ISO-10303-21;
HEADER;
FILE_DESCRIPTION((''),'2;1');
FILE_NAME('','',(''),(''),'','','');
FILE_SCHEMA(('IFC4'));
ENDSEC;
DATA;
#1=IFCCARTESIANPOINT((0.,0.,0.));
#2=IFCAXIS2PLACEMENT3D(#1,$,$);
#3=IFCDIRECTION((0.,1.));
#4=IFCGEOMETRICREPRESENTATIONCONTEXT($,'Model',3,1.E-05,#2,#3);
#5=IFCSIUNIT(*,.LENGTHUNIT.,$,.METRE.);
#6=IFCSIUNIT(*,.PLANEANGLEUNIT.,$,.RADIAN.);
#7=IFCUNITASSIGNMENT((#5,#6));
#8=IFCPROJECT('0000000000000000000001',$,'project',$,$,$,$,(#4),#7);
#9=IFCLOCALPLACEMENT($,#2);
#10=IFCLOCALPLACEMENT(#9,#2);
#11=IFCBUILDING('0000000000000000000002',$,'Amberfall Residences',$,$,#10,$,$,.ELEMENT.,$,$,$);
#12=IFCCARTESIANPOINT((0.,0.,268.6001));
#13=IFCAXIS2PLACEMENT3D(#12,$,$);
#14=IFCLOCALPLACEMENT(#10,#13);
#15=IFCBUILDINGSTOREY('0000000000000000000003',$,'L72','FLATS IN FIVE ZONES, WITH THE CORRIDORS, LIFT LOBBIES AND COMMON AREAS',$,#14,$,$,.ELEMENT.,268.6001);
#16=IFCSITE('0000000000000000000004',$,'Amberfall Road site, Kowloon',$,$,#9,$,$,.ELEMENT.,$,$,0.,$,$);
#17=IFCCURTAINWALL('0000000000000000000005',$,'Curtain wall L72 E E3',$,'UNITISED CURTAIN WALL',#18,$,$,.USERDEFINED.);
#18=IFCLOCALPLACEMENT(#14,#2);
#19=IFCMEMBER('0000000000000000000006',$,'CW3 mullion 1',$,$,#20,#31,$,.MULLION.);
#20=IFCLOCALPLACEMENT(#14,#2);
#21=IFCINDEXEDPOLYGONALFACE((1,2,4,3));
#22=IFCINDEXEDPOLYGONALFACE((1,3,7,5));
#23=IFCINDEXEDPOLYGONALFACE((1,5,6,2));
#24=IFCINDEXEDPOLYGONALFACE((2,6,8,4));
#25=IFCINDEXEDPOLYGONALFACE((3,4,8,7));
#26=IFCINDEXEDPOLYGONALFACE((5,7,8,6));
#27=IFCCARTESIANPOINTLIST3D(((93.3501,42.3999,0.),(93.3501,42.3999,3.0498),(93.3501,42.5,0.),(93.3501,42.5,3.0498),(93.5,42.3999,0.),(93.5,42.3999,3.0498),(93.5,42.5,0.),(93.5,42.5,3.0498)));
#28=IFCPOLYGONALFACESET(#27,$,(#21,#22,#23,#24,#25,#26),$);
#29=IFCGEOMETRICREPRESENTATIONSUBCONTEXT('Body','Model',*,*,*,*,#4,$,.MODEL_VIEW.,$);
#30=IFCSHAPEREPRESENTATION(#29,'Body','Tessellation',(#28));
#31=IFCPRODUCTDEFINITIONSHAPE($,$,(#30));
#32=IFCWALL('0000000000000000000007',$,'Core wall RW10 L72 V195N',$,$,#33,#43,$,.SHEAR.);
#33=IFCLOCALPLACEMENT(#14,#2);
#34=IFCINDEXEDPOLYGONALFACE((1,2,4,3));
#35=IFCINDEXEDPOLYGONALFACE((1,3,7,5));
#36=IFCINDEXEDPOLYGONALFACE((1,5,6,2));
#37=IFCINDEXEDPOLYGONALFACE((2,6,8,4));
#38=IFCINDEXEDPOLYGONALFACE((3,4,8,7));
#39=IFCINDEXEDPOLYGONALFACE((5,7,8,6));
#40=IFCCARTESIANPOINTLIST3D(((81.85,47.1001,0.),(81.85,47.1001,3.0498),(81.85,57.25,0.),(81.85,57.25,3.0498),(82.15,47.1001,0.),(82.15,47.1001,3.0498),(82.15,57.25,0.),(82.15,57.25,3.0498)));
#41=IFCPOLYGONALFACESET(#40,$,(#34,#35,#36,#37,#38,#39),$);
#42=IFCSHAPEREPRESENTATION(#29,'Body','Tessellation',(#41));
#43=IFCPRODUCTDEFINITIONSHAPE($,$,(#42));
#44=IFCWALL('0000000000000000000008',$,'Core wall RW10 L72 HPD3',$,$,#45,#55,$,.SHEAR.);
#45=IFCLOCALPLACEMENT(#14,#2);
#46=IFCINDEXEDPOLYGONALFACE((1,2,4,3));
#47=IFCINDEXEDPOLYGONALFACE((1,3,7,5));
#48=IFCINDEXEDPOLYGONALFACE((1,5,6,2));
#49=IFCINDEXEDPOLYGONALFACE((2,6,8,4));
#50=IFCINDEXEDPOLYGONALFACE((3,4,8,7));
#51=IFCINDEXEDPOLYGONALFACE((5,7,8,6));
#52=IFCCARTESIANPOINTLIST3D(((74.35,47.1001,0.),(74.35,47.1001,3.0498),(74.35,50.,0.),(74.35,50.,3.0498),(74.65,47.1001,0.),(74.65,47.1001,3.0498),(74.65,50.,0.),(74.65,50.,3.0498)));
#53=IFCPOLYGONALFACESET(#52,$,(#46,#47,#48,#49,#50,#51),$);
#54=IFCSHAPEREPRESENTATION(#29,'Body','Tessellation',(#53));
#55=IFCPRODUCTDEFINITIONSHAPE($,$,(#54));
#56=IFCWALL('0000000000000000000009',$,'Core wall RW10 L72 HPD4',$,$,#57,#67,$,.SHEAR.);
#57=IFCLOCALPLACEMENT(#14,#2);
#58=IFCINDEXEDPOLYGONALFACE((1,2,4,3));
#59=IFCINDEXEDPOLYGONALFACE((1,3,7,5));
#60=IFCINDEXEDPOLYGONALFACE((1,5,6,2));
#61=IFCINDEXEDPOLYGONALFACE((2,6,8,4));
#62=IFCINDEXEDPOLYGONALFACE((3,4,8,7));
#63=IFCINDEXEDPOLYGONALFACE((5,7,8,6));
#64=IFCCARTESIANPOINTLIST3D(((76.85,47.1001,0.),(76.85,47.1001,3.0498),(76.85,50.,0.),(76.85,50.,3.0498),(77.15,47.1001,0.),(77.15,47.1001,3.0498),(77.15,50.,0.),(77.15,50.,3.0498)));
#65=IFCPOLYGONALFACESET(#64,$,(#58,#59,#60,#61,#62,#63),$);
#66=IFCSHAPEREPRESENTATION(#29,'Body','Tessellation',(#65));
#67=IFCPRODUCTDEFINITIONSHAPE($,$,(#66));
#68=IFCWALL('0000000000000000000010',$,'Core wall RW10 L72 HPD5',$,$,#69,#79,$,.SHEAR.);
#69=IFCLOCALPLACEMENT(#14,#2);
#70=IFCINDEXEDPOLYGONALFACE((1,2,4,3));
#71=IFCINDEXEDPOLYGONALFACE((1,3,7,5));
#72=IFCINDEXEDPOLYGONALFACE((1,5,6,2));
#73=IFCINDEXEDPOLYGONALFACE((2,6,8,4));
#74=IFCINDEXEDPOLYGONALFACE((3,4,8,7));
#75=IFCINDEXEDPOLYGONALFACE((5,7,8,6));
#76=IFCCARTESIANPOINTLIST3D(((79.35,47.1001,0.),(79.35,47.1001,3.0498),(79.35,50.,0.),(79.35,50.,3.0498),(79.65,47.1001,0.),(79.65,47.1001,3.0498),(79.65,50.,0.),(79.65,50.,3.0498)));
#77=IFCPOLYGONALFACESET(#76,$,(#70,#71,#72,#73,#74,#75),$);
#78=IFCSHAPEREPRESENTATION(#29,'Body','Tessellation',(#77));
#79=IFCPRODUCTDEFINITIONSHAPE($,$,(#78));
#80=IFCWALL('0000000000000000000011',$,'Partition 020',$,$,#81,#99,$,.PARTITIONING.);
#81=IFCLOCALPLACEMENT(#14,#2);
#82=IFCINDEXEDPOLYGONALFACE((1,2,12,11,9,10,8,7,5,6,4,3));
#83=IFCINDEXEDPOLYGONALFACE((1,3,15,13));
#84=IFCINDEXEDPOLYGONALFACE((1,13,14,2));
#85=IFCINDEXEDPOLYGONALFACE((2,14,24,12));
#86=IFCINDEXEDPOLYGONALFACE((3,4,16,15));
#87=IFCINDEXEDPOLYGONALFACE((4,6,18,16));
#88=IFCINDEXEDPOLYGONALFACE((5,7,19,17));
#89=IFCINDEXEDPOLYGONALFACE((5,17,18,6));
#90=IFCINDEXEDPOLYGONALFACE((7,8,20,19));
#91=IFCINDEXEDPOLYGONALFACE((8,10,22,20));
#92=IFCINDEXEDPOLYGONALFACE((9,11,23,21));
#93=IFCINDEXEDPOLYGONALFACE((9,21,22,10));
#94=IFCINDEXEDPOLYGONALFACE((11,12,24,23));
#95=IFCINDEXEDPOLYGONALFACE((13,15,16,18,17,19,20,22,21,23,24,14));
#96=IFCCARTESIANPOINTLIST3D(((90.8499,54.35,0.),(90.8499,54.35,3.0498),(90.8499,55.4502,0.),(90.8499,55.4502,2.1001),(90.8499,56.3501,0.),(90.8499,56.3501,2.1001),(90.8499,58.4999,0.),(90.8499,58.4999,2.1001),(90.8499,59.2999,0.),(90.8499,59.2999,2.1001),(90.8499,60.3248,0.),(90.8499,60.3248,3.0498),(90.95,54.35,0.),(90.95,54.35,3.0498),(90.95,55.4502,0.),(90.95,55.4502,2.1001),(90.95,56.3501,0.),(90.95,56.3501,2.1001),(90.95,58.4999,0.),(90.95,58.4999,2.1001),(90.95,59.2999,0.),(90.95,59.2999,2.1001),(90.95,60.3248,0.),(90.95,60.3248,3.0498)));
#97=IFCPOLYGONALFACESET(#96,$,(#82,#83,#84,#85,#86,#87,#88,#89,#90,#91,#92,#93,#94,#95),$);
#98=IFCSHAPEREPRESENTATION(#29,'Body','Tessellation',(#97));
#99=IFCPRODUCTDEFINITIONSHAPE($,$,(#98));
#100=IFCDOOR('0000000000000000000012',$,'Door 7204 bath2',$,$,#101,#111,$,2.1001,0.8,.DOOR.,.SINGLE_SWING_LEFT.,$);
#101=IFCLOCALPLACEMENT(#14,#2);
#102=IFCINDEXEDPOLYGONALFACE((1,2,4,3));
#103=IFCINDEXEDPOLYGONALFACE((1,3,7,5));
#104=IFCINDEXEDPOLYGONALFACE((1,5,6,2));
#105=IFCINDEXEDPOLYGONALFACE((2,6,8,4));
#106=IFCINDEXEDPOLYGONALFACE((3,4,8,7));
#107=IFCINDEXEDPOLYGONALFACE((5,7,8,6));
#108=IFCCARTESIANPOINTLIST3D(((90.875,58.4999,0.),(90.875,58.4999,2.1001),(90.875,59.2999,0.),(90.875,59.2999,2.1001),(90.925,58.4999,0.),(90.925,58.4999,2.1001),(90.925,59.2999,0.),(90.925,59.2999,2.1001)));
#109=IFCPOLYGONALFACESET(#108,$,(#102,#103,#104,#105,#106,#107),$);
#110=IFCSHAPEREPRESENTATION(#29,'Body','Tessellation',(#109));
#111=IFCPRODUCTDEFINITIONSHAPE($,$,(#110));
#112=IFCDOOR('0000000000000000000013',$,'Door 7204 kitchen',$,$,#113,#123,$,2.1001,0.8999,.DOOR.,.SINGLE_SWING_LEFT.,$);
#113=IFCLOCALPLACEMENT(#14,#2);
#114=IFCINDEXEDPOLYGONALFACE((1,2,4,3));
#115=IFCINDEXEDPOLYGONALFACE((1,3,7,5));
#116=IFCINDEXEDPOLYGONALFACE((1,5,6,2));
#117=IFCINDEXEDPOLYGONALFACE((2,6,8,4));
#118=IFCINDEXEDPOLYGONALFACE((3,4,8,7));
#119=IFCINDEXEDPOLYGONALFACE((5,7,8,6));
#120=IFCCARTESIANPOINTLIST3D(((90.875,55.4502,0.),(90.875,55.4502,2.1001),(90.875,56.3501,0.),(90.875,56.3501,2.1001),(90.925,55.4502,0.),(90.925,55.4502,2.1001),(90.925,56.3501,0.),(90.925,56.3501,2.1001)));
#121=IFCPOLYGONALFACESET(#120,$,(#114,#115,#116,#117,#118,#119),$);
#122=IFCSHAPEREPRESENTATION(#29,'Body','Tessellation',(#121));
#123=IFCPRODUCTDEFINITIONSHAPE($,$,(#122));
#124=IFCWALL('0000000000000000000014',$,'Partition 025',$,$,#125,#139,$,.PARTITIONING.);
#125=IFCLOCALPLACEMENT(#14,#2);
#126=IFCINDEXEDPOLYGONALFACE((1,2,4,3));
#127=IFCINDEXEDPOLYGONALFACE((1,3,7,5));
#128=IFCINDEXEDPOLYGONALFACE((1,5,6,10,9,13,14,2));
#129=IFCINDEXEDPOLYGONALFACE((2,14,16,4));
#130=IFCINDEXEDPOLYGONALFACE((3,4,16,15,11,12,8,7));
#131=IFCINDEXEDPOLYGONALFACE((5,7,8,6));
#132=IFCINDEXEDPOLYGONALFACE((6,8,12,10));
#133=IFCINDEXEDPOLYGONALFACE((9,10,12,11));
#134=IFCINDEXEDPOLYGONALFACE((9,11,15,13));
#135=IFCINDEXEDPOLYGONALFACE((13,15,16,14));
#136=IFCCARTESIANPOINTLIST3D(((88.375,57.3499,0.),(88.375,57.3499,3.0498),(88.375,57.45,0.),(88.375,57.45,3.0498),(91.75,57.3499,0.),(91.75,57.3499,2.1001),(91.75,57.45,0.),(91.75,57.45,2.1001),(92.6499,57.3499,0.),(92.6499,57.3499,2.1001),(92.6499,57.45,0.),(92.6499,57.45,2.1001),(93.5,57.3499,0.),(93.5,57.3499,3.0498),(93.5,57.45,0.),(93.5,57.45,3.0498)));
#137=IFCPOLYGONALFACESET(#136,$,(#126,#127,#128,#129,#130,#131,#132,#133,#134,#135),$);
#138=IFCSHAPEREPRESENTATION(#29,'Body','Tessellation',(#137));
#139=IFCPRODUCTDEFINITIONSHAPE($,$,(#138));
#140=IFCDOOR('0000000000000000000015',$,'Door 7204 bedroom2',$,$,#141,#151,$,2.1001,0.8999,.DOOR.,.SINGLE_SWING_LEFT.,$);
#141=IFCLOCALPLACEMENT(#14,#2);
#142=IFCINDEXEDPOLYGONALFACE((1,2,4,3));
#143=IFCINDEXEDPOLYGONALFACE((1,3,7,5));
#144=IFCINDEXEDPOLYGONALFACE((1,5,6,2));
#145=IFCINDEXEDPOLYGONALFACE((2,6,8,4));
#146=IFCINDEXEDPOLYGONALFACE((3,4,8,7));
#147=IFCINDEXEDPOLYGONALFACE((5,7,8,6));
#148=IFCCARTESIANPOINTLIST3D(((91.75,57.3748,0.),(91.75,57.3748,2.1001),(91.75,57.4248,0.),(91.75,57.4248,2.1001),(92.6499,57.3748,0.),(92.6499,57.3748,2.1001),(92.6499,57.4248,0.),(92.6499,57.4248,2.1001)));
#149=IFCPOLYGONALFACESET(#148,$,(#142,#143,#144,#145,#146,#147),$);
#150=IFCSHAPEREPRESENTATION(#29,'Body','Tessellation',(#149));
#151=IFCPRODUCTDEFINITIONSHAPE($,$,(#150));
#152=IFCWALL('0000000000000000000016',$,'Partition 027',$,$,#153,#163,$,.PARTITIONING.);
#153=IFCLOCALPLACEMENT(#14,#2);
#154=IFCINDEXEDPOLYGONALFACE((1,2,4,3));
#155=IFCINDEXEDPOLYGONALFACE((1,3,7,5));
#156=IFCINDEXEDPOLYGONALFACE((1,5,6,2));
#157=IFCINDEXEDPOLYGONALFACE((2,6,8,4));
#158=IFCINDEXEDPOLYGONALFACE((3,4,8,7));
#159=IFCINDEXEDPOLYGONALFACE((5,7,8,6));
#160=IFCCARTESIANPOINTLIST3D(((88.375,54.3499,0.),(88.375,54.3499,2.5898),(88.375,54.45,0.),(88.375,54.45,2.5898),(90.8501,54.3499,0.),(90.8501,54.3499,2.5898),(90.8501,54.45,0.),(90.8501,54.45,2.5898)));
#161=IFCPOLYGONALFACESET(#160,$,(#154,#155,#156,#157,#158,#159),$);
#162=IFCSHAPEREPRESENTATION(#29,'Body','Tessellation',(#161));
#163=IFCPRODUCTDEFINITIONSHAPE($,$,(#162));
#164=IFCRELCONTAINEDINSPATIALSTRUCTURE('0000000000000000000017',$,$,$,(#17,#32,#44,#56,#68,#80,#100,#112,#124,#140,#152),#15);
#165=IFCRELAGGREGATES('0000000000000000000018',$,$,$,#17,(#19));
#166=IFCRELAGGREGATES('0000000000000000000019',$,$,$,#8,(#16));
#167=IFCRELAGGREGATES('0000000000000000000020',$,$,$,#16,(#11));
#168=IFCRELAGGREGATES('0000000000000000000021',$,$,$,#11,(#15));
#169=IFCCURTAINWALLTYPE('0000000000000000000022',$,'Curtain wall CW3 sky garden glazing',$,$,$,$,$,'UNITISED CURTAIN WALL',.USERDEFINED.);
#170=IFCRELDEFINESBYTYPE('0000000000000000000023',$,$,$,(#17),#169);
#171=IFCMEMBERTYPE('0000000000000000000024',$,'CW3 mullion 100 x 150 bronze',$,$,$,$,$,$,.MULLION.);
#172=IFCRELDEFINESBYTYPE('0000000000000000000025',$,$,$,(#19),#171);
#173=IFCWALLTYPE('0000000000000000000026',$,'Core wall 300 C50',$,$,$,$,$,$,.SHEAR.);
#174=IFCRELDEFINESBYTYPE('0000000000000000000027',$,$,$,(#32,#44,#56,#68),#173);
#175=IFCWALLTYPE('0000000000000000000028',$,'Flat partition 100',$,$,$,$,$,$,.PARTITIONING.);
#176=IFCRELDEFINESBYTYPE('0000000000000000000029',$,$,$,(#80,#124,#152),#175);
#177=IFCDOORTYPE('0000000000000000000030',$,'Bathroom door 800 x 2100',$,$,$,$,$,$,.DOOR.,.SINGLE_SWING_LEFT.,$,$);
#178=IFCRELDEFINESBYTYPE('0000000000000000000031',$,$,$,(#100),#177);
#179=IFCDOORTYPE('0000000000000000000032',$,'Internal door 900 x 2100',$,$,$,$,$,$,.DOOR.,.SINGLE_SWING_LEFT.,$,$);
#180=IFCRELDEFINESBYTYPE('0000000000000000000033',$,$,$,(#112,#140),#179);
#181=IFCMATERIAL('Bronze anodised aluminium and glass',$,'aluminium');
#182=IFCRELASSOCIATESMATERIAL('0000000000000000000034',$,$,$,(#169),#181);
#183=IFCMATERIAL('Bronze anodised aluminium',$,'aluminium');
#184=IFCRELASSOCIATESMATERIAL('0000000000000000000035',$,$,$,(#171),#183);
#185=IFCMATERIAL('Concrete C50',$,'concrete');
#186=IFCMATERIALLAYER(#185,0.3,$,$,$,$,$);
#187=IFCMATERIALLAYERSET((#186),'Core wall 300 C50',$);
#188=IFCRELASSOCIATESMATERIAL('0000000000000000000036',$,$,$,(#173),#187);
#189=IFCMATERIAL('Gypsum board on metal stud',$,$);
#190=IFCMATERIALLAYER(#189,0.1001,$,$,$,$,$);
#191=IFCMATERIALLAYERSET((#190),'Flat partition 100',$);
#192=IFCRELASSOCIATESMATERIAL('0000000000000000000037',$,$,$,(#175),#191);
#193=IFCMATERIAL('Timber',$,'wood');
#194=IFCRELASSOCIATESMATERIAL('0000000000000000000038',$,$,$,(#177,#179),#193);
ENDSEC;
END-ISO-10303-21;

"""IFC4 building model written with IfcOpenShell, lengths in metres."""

from ifc_helpers import new_model, si_unit, direction, frame, frame_2d, origin, origin_2d, place, context, subcontext, project, spatial, rectangle, extrude, material, layer, layer_set, material_profile, profile_set, type_object, element, fill, aggregate, save


model = new_model("IFC4")

# Units and contexts
model_context = context("Model", 3, precision=1e-05, world=origin(), true_north=direction((0.0, 1.0)))
body_context = subcontext(model_context, "Body", "Model", "MODEL_VIEW")
ifc_project = project(units=[si_unit("LENGTHUNIT", "METRE"), si_unit("PLANEANGLEUNIT", "RADIAN")], contexts=[model_context])

# Site, building, storey
site_placement = place(None, origin())
site = spatial("IfcSite", under=ifc_project, at=site_placement, Name="Amberfall Road site, Kowloon", CompositionType="ELEMENT", RefElevation=0.0)
building_placement = place(site_placement, origin())
building = spatial("IfcBuilding", under=site, at=building_placement, Name="Amberfall Residences", CompositionType="ELEMENT")
storey_placement = place(building_placement, frame((0.0, 0.0, 268.6001)))
storey = spatial("IfcBuildingStorey", under=building, at=storey_placement, Name="L72", Description="FLATS IN FIVE ZONES, WITH THE CORRIDORS, LIFT LOBBIES AND COMMON AREAS", CompositionType="ELEMENT", Elevation=268.6001)

# Curtain wall, member
ifc_material_1 = material(Name="Bronze anodised aluminium and glass", Category="aluminium")
curtain_wall_type = type_object("IfcCurtainWallType", Name="Curtain wall CW3 sky garden glazing", ElementType="UNITISED CURTAIN WALL", PredefinedType="USERDEFINED", material=ifc_material_1)
curtain_wall_placement = place(storey_placement, origin())
curtain_wall = element("IfcCurtainWall", 1, at=curtain_wall_placement, inside=storey, type_object=curtain_wall_type, Name="Curtain wall L72 E E3", ObjectType="UNITISED CURTAIN WALL", PredefinedType="USERDEFINED")
ifc_material_2 = material(Name="Bronze anodised aluminium", Category="aluminium")
ifc_material_profile = material_profile(ifc_material_2, rectangle(XDim=0.1499, YDim=0.1001, at=origin_2d()), Name="CW3 mullion 100 x 150 bronze")
ifc_profile_set = profile_set([ifc_material_profile], Name="Bronze anodised aluminium")
member_type = type_object("IfcMemberType", Name="CW3 mullion 100 x 150 bronze", PredefinedType="MULLION", material=ifc_profile_set)
member_placement = place(storey_placement, frame((93.425, 42.45, 0.0), z_axis=(0.0, 0.0, 1.0), x_axis=(-1.0, 0.0, 0.0)))
member = element("IfcMember", 2, at=member_placement, type_object=member_type, Name="CW3 mullion 1", PredefinedType="MULLION", context=body_context, shape_type="SweptSolid", body=[
    extrude(rectangle(XDim=0.1499, YDim=0.1001, at=origin_2d()), origin(), (0.0, 0.0, 1.0), 3.0498),
])
aggregate(curtain_wall, [member])

# Walls
ifc_material_3 = material(Name="Concrete C50", Category="concrete")
ifc_layer_1 = layer(ifc_material_3, 0.3)
ifc_layer_set_1 = layer_set([ifc_layer_1], Name="Core wall 300 C50")
wall_type_1 = type_object("IfcWallType", Name="Core wall 300 C50", PredefinedType="SHEAR", material=ifc_layer_set_1)
wall_1_placement = place(storey_placement, frame((82.0, 47.1001, 0.0), z_axis=(0.0, 0.0, 1.0), x_axis=(0.0, 1.0, 0.0)))
element("IfcWall", 3, at=wall_1_placement, inside=storey, type_object=wall_type_1, Name="Core wall RW10 L72 V195N", PredefinedType="SHEAR", context=body_context, shape_type="SweptSolid", body=[
    extrude(rectangle(XDim=10.1499, YDim=0.3, at=frame_2d((5.075, 0.0))), origin(), (0.0, 0.0, 1.0), 3.0498),
])
for number, where, z_axis, x_axis, name in (
    (4, (74.5, 47.1001, 0.0), (0.0, 0.0, 1.0), (0.0, 1.0, 0.0), "Core wall RW10 L72 HPD3"),
    (5, (77.0, 47.1001, 0.0), (0.0, 0.0, 1.0), (0.0, 1.0, 0.0), "Core wall RW10 L72 HPD4"),
    (6, (79.5, 47.1001, 0.0), (0.0, 0.0, 1.0), (0.0, 1.0, 0.0), "Core wall RW10 L72 HPD5"),
):
    element("IfcWall", number, at=place(storey_placement, frame(where, z_axis=z_axis, x_axis=x_axis)), inside=storey, type_object=wall_type_1, Name=name, PredefinedType="SHEAR", context=body_context, shape_type="SweptSolid", body=[
        extrude(rectangle(XDim=2.8999, YDim=0.3, at=frame_2d((1.45, 0.0))), origin(), (0.0, 0.0, 1.0), 3.0498),
    ])

# Wall, openings, doors
ifc_material_4 = material(Name="Gypsum board on metal stud")
ifc_layer_2 = layer(ifc_material_4, 0.1001)
ifc_layer_set_2 = layer_set([ifc_layer_2], Name="Flat partition 100")
wall_type_2 = type_object("IfcWallType", Name="Flat partition 100", PredefinedType="PARTITIONING", material=ifc_layer_set_2)
wall_2_placement = place(storey_placement, frame((90.8999, 54.3501, 0.0), z_axis=(0.0, 0.0, 1.0), x_axis=(0.0, 1.0, 0.0)))
wall_2 = element("IfcWall", 7, at=wall_2_placement, inside=storey, type_object=wall_type_2, Name="Partition 020", PredefinedType="PARTITIONING", context=body_context, shape_type="SweptSolid", body=[
    extrude(rectangle(XDim=5.9749, YDim=0.1001, at=frame_2d((2.9873, 0.0))), origin(), (0.0, 0.0, 1.0), 3.0498),
])
opening_1_placement = place(wall_2_placement, frame((1.1001, 0.0, 0.0)))
opening_1 = element("IfcOpeningElement", 8, at=opening_1_placement, cuts=wall_2, PredefinedType="OPENING", context=body_context, shape_type="SweptSolid", body=[
    extrude(rectangle(XDim=0.8999, YDim=2.1001, at=frame_2d((0.45, 1.05))), frame((0.0, 0.0601, 0.0), z_axis=(0.0, -1.0, 0.0), x_axis=(1.0, 0.0, 0.0)), (0.0, 0.0, 1.0), 0.1201),
])
opening_2_placement = place(wall_2_placement, frame((4.1499, 0.0, 0.0)))
opening_2 = element("IfcOpeningElement", 9, at=opening_2_placement, cuts=wall_2, PredefinedType="OPENING", context=body_context, shape_type="SweptSolid", body=[
    extrude(rectangle(XDim=0.8, YDim=2.1001, at=frame_2d((0.3999, 1.05))), frame((0.0, 0.0601, 0.0), z_axis=(0.0, -1.0, 0.0), x_axis=(1.0, 0.0, 0.0)), (0.0, 0.0, 1.0), 0.1201),
])
ifc_material_5 = material(Name="Timber", Category="wood")
door_type_1 = type_object("IfcDoorType", Name="Bathroom door 800 x 2100", OperationType="SINGLE_SWING_LEFT", PredefinedType="DOOR", material=ifc_material_5)
door_1_placement = place(opening_2_placement, origin())
door_1 = element("IfcDoor", 10, at=door_1_placement, inside=storey, type_object=door_type_1, Name="Door 7204 bath2", OperationType="SINGLE_SWING_LEFT", OverallHeight=2.1001, OverallWidth=0.8, PredefinedType="DOOR", context=body_context, shape_type="SweptSolid", body=[
    extrude(rectangle(XDim=0.8, YDim=2.1001, at=frame_2d((0.3999, 1.05))), frame((0.0, 0.0249, 0.0), z_axis=(0.0, -1.0, 0.0), x_axis=(1.0, 0.0, 0.0)), (0.0, 0.0, 1.0), 0.05),
])
fill(opening_2, door_1)
door_type_2 = type_object("IfcDoorType", Name="Internal door 900 x 2100", OperationType="SINGLE_SWING_LEFT", PredefinedType="DOOR", material=ifc_material_5)
door_2_placement = place(opening_1_placement, origin())
door_2 = element("IfcDoor", 11, at=door_2_placement, inside=storey, type_object=door_type_2, Name="Door 7204 kitchen", OperationType="SINGLE_SWING_LEFT", OverallHeight=2.1001, OverallWidth=0.8999, PredefinedType="DOOR", context=body_context, shape_type="SweptSolid", body=[
    extrude(rectangle(XDim=0.8999, YDim=2.1001, at=frame_2d((0.45, 1.05))), frame((0.0, 0.0249, 0.0), z_axis=(0.0, -1.0, 0.0), x_axis=(1.0, 0.0, 0.0)), (0.0, 0.0, 1.0), 0.05),
])
fill(opening_1, door_2)

# Wall, opening, door
wall_3_placement = place(storey_placement, frame((88.375, 57.3999, 0.0), z_axis=(0.0, 0.0, 1.0), x_axis=(1.0, 0.0, 0.0)))
wall_3 = element("IfcWall", 12, at=wall_3_placement, inside=storey, type_object=wall_type_2, Name="Partition 025", PredefinedType="PARTITIONING", context=body_context, shape_type="SweptSolid", body=[
    extrude(rectangle(XDim=5.125, YDim=0.1001, at=frame_2d((2.5625, 0.0))), origin(), (0.0, 0.0, 1.0), 3.0498),
])
opening_3_placement = place(wall_3_placement, frame((3.375, 0.0, 0.0)))
opening_3 = element("IfcOpeningElement", 13, at=opening_3_placement, cuts=wall_3, PredefinedType="OPENING", context=body_context, shape_type="SweptSolid", body=[
    extrude(rectangle(XDim=0.8999, YDim=2.1001, at=frame_2d((0.45, 1.05))), frame((0.0, 0.0601, 0.0), z_axis=(0.0, -1.0, 0.0), x_axis=(1.0, 0.0, 0.0)), (0.0, 0.0, 1.0), 0.1201),
])
door_3_placement = place(opening_3_placement, origin())
door_3 = element("IfcDoor", 14, at=door_3_placement, inside=storey, type_object=door_type_2, Name="Door 7204 bedroom2", OperationType="SINGLE_SWING_LEFT", OverallHeight=2.1001, OverallWidth=0.8999, PredefinedType="DOOR", context=body_context, shape_type="SweptSolid", body=[
    extrude(rectangle(XDim=0.8999, YDim=2.1001, at=frame_2d((0.45, 1.05))), frame((0.0, 0.0249, 0.0), z_axis=(0.0, -1.0, 0.0), x_axis=(1.0, 0.0, 0.0)), (0.0, 0.0, 1.0), 0.05),
])
fill(opening_3, door_3)

# Wall
wall_4_placement = place(storey_placement, frame((88.375, 54.3999, 0.0), z_axis=(0.0, 0.0, 1.0), x_axis=(1.0, 0.0, 0.0)))
element("IfcWall", 15, at=wall_4_placement, inside=storey, type_object=wall_type_2, Name="Partition 027", PredefinedType="PARTITIONING", context=body_context, shape_type="SweptSolid", body=[
    extrude(rectangle(XDim=2.4751, YDim=0.1001, at=frame_2d((1.2375, 0.0))), origin(), (0.0, 0.0, 1.0), 2.5898),
])

save(model, "model.ifc")
